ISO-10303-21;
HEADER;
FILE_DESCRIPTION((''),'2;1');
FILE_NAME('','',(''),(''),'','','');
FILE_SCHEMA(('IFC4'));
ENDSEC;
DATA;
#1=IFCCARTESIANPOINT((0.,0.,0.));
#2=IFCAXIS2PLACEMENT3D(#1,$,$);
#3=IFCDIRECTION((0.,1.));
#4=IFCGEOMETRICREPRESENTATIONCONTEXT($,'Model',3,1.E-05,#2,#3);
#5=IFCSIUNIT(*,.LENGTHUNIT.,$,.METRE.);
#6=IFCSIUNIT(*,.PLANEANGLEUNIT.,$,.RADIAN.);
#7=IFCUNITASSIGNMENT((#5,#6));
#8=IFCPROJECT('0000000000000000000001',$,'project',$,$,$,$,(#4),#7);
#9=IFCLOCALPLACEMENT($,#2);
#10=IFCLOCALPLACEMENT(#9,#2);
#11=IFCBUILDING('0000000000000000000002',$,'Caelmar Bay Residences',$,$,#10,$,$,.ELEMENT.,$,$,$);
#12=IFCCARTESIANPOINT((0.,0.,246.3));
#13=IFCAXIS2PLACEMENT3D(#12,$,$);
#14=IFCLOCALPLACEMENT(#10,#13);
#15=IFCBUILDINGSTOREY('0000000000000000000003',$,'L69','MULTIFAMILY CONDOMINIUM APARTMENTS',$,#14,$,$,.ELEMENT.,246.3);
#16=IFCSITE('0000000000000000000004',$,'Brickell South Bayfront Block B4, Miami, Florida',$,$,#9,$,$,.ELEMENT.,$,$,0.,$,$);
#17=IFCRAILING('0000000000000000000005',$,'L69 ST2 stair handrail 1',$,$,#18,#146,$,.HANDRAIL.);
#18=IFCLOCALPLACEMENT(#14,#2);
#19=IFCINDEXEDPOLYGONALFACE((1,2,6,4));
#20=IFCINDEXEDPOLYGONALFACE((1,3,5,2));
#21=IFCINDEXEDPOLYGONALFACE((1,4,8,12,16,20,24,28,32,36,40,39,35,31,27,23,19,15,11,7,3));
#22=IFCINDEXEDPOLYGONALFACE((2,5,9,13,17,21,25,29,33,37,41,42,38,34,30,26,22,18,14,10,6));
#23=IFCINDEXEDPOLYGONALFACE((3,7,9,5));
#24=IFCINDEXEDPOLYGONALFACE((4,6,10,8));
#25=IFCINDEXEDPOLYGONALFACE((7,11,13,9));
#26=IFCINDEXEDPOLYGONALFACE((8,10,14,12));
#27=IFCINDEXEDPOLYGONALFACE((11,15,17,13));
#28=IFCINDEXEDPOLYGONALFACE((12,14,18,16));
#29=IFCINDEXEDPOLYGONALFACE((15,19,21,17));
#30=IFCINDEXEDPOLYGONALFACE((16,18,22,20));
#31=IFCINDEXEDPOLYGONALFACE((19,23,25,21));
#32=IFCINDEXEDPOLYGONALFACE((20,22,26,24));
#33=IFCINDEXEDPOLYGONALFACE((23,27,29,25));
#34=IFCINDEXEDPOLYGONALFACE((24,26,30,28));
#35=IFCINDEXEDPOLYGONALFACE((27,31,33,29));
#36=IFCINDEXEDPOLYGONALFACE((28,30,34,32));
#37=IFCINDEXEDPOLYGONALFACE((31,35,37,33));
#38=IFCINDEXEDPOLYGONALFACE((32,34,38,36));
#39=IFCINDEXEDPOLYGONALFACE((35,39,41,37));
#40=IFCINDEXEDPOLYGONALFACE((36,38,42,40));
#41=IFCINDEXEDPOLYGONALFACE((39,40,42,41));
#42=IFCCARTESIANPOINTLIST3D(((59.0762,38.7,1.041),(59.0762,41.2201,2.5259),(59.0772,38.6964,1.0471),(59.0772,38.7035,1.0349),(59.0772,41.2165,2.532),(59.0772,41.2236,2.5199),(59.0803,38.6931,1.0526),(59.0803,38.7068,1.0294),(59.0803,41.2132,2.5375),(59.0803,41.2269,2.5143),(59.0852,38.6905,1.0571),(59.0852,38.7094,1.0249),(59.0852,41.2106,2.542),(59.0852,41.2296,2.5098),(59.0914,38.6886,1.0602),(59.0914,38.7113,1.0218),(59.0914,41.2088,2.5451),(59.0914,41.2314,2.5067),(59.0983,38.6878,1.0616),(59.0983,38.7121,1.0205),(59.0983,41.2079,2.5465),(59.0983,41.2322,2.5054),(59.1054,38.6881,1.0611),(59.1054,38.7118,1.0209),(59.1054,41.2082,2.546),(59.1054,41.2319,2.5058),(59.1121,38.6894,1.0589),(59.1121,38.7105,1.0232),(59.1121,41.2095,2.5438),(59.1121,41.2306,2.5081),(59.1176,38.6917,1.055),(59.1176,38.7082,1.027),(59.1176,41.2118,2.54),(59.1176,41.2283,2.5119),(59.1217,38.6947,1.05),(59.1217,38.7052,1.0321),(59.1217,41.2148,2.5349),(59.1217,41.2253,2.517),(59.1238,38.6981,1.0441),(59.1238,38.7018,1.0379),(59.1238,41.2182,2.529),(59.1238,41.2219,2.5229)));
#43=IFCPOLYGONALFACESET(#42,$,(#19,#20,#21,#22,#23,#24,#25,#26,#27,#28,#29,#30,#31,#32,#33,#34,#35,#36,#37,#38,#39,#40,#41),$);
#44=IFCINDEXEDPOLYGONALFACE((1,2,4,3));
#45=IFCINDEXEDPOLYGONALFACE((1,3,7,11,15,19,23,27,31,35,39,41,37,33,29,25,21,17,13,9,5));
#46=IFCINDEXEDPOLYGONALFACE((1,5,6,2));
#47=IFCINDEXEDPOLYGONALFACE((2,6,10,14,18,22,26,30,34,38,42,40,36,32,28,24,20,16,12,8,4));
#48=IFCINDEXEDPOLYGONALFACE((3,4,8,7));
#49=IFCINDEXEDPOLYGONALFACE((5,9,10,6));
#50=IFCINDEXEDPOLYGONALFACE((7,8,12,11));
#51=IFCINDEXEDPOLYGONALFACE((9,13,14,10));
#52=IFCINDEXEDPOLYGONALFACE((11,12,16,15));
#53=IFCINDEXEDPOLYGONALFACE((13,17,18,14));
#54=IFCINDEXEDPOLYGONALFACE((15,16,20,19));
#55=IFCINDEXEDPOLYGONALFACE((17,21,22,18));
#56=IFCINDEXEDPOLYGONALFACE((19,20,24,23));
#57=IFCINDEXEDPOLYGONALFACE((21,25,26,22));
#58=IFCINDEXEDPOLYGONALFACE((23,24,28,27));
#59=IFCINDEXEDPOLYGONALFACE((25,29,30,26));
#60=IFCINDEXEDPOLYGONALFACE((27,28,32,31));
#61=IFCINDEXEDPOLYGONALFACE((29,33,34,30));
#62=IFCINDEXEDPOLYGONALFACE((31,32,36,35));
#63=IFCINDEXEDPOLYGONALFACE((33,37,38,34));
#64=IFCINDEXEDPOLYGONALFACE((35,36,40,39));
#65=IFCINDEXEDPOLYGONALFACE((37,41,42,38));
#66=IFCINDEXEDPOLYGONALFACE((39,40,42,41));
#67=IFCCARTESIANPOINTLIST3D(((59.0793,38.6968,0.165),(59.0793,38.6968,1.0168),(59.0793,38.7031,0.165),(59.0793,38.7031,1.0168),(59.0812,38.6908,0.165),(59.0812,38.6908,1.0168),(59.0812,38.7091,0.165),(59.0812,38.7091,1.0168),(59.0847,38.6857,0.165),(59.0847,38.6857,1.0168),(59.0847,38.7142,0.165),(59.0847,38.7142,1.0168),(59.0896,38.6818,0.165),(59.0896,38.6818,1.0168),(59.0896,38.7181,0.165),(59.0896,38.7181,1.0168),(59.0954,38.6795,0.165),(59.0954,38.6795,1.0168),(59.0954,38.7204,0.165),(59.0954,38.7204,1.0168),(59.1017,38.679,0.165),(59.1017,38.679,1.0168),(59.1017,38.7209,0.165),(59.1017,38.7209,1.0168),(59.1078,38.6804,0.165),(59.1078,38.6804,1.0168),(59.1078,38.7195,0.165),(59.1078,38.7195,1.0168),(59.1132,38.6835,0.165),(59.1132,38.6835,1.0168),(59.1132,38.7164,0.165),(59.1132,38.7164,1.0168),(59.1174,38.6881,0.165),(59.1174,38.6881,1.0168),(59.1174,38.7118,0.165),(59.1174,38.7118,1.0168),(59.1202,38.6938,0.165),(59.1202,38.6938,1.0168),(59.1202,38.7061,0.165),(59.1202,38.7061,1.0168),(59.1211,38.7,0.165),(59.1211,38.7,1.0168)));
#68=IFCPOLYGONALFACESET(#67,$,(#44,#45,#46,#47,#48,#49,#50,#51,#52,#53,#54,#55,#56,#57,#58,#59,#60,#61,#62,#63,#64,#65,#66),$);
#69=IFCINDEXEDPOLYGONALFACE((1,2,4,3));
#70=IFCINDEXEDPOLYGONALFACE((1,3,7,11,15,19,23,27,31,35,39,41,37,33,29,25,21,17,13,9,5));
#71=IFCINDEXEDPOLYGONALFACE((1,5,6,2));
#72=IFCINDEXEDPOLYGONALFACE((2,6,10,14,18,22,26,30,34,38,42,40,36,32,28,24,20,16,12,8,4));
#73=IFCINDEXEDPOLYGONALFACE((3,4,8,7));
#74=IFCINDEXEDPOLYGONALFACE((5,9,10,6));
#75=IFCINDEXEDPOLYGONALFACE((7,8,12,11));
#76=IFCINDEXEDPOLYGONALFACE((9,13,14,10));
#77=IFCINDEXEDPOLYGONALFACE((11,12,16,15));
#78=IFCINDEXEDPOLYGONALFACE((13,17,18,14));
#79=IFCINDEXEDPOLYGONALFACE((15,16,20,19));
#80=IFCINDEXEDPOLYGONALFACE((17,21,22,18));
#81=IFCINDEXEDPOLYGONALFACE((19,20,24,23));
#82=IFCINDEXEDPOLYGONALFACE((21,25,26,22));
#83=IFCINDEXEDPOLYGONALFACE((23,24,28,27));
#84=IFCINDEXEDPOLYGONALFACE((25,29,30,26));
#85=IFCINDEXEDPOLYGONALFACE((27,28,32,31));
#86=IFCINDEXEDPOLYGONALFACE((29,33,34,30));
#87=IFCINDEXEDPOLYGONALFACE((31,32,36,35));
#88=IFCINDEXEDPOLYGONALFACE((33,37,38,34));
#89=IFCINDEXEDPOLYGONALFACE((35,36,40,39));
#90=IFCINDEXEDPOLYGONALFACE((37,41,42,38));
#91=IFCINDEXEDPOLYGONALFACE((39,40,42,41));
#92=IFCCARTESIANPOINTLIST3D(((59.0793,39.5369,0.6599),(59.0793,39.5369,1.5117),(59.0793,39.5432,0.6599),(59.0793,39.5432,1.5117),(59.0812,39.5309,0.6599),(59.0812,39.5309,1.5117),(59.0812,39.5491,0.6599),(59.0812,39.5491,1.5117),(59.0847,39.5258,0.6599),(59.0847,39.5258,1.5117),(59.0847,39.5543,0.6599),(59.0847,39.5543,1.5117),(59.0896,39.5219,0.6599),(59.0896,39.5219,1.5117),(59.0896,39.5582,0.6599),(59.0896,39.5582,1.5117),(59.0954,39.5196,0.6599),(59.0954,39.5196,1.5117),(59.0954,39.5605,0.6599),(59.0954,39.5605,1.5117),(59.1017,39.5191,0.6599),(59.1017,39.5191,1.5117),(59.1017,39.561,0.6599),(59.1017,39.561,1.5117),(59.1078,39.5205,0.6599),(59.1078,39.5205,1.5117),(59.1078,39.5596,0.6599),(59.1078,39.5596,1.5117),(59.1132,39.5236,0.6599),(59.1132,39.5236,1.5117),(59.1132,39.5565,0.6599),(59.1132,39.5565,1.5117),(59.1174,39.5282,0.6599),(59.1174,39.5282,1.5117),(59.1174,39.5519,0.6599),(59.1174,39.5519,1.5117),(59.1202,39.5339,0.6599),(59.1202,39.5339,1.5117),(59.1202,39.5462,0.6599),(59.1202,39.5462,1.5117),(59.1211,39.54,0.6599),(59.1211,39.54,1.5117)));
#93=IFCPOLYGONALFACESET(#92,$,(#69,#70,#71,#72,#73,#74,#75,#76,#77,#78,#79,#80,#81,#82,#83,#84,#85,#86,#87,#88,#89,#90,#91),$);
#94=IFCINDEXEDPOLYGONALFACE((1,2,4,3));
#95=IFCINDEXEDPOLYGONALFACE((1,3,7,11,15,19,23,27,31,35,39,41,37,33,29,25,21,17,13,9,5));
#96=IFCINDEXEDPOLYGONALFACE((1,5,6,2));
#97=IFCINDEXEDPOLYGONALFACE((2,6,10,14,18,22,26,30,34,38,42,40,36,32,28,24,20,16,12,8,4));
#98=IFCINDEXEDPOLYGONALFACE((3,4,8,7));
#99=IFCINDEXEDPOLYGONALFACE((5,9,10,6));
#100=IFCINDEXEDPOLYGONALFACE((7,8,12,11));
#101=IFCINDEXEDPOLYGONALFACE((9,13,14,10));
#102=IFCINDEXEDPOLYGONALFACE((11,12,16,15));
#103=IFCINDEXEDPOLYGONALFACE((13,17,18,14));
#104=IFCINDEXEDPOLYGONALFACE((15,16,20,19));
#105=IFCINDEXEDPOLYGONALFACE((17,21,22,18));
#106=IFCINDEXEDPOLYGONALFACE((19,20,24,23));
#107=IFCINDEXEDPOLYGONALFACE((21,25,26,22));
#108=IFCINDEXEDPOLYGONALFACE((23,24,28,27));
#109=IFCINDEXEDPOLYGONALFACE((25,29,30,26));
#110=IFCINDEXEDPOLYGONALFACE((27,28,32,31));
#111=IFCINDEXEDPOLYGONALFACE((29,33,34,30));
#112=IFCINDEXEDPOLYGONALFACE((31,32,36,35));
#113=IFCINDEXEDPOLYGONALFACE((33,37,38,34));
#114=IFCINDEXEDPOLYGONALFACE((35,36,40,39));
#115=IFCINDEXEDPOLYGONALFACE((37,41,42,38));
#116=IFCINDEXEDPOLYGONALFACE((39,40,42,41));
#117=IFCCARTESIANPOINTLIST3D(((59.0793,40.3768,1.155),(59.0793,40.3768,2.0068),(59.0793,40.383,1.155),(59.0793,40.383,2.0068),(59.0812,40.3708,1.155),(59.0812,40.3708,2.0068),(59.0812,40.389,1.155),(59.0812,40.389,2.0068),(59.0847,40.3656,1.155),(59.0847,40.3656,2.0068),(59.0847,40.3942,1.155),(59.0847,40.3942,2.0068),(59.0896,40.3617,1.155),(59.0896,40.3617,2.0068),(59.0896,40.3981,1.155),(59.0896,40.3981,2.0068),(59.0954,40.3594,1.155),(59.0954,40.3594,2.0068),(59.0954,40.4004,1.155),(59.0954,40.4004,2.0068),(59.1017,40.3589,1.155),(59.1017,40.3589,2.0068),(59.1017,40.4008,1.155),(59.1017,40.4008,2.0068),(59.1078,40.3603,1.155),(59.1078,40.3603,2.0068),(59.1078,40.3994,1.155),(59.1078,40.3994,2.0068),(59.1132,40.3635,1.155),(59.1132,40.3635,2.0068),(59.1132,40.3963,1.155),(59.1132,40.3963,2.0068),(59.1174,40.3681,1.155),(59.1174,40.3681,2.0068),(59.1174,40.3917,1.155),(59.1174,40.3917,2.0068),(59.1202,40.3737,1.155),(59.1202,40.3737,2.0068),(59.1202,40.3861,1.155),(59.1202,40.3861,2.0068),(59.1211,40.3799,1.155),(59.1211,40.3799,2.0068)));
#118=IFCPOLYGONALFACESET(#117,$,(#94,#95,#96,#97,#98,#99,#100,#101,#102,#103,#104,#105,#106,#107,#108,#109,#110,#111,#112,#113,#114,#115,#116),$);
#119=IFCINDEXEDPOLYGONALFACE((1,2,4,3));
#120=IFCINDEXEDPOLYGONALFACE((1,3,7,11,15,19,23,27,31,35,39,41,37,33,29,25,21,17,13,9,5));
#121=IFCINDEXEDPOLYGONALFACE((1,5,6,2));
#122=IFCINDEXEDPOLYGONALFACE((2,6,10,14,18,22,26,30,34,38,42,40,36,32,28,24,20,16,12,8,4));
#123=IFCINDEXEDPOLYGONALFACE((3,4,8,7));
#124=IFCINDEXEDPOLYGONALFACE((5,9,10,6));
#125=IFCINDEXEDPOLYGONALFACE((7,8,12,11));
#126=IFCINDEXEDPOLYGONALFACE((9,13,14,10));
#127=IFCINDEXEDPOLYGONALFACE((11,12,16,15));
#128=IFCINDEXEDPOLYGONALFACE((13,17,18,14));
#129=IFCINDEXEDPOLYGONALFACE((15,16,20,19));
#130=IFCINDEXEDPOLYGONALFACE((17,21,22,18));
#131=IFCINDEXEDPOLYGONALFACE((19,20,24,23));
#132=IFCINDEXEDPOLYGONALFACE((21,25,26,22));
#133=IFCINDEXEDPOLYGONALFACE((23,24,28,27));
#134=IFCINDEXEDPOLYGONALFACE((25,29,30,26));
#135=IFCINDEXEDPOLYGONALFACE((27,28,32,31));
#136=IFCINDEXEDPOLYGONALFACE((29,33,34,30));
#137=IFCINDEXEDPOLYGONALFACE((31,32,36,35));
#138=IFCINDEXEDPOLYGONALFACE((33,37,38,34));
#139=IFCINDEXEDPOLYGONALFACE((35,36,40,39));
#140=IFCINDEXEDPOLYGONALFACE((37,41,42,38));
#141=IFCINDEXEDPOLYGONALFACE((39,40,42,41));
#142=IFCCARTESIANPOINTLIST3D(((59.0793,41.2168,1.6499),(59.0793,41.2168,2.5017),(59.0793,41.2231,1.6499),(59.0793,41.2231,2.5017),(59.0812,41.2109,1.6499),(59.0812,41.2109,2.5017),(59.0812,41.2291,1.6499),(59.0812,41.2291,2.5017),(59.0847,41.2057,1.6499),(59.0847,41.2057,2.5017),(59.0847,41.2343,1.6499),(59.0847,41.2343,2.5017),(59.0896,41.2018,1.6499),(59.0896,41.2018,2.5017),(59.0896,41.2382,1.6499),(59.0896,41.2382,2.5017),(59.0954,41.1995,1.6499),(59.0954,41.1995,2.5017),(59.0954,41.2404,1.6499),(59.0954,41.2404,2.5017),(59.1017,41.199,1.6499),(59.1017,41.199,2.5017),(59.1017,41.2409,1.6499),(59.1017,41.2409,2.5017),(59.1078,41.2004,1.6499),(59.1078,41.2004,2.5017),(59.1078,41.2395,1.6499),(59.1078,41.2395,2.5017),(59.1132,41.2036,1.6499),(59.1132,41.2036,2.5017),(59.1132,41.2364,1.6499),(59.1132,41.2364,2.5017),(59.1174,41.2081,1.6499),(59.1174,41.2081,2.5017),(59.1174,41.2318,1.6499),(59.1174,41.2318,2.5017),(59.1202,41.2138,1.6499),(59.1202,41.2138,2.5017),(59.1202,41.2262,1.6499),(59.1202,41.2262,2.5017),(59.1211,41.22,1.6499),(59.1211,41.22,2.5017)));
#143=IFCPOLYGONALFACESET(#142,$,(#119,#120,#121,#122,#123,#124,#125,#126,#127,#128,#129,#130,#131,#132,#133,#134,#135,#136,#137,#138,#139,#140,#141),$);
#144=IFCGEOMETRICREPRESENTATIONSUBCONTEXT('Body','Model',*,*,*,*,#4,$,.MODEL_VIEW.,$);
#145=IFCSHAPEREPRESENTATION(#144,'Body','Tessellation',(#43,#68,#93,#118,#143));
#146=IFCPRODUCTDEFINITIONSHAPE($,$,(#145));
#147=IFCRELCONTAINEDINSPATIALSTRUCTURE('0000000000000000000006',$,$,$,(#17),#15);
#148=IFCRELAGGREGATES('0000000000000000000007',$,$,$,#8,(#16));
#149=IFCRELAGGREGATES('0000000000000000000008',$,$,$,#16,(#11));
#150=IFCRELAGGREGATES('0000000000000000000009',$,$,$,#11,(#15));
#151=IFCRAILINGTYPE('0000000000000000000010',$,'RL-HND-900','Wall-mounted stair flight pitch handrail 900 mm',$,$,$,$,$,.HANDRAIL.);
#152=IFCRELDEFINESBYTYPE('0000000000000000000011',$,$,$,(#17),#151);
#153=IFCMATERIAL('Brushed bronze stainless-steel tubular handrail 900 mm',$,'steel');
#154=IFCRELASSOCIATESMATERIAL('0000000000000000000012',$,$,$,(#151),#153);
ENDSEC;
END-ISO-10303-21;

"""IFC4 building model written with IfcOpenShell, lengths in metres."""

from ifc_helpers import new_model, si_unit, direction, frame, origin, origin_2d, place, context, subcontext, project, spatial, circle, extrude, material, type_object, element, save


model = new_model("IFC4")

# Units and contexts
model_context = context("Model", 3, precision=1e-05, world=origin(), true_north=direction((0.0, 1.0)))
body_context = subcontext(model_context, "Body", "Model", "MODEL_VIEW")
ifc_project = project(units=[si_unit("LENGTHUNIT", "METRE"), si_unit("PLANEANGLEUNIT", "RADIAN")], contexts=[model_context])

# Site, building, storey
site_placement = place(None, origin())
site = spatial("IfcSite", under=ifc_project, at=site_placement, Name="Brickell South Bayfront Block B4, Miami, Florida", CompositionType="ELEMENT", RefElevation=0.0)
building_placement = place(site_placement, origin())
building = spatial("IfcBuilding", under=site, at=building_placement, Name="Caelmar Bay Residences", CompositionType="ELEMENT")
storey_placement = place(building_placement, frame((0.0, 0.0, 246.3)))
storey = spatial("IfcBuildingStorey", under=building, at=storey_placement, Name="L69", Description="MULTIFAMILY CONDOMINIUM APARTMENTS", CompositionType="ELEMENT", Elevation=246.3)

# Railing
ifc_material_1 = material(Name="Brushed bronze stainless-steel tubular handrail 900 mm", Category="steel")
railing_type_1 = type_object("IfcRailingType", Name="RL-HND-900", Description="Wall-mounted stair flight pitch handrail 900 mm", PredefinedType="HANDRAIL", material=ifc_material_1)
railing_1_placement = place(storey_placement, frame((59.1001, 38.7, 0.165)))
element("IfcRailing", 1, at=railing_1_placement, inside=storey, type_object=railing_type_1, Name="L69 ST2 stair handrail 1", PredefinedType="HANDRAIL", context=body_context, shape_type="SweptSolid", body=[
    extrude(circle(Radius=0.0239, at=origin_2d()), frame((0.0, 0.0, 0.876), z_axis=(0.0, 0.861561, 0.507655), x_axis=(-1.0, 0.0, 0.0)), (0.0, 0.0, 1.0), 2.925),
    extrude(circle(Radius=0.021, at=origin_2d()), origin(), (0.0, 0.0, 1.0), 0.8518),
    extrude(circle(Radius=0.021, at=origin_2d()), frame((0.0, 0.8401, 0.4949)), (0.0, 0.0, 1.0), 0.8518),
    extrude(circle(Radius=0.021, at=origin_2d()), frame((0.0, 1.6799, 0.99)), (0.0, 0.0, 1.0), 0.8518),
    extrude(circle(Radius=0.021, at=origin_2d()), frame((0.0, 2.52, 1.4849)), (0.0, 0.0, 1.0), 0.8518),
])

save(model, "model.ifc")
